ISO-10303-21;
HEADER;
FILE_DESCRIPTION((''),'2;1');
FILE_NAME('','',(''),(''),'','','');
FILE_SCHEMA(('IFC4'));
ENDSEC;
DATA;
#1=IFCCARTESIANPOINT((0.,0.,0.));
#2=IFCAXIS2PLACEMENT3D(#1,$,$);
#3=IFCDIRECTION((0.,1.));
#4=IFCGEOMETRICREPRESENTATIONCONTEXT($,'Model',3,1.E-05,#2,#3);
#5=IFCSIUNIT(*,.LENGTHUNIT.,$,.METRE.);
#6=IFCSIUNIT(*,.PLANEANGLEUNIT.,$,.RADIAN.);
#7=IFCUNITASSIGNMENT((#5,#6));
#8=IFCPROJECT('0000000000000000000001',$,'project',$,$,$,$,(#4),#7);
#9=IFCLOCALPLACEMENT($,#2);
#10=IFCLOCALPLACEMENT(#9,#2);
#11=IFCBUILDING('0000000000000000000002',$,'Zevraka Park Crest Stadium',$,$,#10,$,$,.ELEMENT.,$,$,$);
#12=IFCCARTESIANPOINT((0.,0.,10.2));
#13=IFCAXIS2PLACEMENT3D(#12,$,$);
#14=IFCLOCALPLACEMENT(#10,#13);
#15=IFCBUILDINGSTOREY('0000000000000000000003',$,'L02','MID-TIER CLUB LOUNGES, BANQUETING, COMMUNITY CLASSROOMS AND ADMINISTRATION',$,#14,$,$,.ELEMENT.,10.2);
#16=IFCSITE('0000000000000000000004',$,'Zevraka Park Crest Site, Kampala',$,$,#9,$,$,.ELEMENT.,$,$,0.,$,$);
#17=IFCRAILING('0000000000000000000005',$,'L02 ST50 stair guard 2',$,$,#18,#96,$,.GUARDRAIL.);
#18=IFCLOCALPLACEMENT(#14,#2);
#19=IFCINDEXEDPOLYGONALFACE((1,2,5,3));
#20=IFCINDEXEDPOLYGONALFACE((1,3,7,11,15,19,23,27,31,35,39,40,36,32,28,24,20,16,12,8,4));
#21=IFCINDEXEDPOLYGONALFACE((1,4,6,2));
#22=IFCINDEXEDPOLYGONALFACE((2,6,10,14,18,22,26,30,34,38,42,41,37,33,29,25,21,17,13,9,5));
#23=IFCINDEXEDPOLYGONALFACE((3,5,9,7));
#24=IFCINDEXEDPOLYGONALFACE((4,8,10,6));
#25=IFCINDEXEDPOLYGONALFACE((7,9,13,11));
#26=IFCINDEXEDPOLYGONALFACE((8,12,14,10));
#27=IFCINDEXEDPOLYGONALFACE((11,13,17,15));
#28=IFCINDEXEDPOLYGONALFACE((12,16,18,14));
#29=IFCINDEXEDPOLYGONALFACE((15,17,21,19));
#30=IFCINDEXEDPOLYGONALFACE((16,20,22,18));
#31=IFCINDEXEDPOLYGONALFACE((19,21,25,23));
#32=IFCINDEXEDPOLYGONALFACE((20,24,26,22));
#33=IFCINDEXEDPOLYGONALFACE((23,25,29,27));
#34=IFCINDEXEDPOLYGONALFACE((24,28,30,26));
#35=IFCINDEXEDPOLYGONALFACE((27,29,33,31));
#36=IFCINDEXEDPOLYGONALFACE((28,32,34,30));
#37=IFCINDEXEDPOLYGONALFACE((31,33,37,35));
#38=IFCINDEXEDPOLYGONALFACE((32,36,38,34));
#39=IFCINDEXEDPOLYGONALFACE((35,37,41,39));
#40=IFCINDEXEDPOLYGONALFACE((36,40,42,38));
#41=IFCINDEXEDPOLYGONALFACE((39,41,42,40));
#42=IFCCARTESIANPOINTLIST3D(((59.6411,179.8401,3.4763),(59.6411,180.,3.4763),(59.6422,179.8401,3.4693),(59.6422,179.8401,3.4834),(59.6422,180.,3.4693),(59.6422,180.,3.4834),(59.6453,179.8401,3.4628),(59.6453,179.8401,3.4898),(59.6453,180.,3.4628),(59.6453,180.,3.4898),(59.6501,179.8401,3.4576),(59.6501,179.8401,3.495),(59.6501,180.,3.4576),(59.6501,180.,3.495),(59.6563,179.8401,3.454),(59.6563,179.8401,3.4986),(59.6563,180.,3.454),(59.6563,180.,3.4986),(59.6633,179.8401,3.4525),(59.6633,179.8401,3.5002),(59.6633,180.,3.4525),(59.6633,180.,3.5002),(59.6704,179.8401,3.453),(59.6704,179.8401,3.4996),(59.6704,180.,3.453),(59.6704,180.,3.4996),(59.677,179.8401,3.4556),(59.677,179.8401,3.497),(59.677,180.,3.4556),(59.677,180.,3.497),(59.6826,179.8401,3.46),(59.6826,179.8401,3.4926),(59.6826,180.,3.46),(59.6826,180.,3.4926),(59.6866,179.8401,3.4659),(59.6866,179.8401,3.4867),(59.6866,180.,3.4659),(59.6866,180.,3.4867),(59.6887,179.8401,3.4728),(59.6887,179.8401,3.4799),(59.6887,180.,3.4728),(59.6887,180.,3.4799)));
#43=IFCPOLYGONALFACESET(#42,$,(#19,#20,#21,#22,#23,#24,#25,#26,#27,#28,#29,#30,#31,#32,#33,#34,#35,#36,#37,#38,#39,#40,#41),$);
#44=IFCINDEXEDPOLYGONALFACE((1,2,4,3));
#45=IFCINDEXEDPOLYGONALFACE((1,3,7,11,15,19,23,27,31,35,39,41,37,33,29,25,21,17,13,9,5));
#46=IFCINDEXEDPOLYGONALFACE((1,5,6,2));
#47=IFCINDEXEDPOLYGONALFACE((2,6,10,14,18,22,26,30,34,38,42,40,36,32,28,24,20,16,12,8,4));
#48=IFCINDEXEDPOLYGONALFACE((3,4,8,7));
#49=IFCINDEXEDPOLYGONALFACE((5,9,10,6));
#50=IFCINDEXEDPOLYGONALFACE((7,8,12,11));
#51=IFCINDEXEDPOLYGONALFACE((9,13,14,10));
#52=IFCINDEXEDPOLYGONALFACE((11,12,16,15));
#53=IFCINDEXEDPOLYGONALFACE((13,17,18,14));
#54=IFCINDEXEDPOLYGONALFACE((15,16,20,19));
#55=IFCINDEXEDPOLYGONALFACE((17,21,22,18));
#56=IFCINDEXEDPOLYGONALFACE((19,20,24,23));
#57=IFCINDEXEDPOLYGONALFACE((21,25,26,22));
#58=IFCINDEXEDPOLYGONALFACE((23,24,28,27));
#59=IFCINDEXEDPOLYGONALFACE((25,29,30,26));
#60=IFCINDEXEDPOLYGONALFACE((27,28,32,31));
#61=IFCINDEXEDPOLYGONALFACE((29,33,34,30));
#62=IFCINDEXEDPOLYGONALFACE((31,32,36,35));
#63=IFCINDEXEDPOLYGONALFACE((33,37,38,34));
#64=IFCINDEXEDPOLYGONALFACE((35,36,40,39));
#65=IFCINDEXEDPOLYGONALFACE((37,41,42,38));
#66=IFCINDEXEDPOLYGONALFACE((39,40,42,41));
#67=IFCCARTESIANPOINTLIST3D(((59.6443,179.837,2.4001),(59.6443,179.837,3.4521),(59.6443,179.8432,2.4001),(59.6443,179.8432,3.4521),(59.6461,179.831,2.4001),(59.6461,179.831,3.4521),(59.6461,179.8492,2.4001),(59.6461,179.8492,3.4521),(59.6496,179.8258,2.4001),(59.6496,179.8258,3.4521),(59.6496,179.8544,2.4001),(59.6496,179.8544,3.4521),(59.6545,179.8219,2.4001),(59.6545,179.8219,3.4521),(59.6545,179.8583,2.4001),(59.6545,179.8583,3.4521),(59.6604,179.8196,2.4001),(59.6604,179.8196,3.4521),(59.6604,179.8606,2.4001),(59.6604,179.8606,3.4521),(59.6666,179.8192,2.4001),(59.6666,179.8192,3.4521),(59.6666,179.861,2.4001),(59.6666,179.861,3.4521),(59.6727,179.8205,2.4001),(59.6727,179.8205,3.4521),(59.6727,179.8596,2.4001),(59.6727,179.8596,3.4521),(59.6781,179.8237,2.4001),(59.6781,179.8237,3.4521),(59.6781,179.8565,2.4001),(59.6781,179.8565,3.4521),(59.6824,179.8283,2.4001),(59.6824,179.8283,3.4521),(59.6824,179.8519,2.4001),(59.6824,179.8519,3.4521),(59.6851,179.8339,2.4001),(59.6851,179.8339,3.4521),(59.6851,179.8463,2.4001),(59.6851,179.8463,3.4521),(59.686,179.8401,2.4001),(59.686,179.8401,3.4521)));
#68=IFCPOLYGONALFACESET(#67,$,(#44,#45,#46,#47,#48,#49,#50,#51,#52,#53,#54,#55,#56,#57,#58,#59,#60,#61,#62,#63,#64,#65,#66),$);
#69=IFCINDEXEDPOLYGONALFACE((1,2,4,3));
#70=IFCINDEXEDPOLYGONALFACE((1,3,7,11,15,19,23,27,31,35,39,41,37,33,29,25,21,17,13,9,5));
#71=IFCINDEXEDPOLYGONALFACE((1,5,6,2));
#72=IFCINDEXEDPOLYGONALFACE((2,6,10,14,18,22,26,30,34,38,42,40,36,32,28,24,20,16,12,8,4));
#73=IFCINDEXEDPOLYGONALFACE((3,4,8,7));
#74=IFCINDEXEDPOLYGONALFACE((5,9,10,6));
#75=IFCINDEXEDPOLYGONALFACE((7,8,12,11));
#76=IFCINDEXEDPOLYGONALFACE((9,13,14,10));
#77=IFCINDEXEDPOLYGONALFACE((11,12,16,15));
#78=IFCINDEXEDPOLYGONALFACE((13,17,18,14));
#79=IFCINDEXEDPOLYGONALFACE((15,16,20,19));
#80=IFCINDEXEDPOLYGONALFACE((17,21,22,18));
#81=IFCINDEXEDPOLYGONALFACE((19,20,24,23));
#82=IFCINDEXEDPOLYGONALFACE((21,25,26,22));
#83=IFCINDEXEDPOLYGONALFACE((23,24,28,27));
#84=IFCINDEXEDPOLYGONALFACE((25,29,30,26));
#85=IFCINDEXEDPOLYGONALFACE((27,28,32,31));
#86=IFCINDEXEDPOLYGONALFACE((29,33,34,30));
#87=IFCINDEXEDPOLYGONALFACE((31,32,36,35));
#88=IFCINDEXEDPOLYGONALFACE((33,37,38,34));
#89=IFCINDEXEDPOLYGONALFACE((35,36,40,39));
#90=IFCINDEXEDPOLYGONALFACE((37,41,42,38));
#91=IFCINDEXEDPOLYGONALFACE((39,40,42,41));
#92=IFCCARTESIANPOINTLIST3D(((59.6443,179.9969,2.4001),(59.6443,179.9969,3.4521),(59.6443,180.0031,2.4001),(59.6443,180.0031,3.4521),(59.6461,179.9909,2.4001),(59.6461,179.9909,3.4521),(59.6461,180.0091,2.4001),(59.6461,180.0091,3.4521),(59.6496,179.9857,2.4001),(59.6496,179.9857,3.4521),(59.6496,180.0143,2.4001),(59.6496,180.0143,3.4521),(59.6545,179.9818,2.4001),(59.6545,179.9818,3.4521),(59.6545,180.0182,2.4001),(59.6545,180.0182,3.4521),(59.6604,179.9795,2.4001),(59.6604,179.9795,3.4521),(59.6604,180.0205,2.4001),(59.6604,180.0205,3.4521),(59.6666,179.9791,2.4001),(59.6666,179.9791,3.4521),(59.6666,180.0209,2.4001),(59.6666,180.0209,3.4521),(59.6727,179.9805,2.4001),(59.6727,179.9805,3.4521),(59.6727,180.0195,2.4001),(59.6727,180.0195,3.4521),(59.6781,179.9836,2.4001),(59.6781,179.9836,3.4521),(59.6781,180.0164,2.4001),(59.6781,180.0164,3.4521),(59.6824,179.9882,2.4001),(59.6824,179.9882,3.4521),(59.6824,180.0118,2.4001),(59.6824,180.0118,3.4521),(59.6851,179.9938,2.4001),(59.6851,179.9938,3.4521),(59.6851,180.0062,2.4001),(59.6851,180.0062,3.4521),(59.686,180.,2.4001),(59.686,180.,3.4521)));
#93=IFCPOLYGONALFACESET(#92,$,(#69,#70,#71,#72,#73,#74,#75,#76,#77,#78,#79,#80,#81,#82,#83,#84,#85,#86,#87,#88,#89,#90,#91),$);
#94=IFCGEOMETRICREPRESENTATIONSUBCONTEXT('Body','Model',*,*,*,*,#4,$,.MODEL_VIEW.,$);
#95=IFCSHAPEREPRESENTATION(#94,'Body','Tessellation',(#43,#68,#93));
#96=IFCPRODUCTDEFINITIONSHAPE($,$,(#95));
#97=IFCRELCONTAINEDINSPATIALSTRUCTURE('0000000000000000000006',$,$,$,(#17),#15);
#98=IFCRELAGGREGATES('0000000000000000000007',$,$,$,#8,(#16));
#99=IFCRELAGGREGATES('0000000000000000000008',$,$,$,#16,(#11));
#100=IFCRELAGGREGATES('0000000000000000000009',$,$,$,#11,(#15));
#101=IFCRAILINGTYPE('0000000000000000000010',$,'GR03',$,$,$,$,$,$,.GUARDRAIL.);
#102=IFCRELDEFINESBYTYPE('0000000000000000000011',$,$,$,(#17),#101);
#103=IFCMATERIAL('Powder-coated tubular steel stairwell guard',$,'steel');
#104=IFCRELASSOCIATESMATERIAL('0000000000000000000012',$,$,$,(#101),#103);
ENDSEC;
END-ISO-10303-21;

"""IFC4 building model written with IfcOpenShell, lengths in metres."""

from ifc_helpers import new_model, si_unit, direction, frame, origin, origin_2d, place, context, subcontext, project, spatial, circle, extrude, material, type_object, element, save


model = new_model("IFC4")

# Units and contexts
model_context = context("Model", 3, precision=1e-05, world=origin(), true_north=direction((0.0, 1.0)))
body_context = subcontext(model_context, "Body", "Model", "MODEL_VIEW")
ifc_project = project(units=[si_unit("LENGTHUNIT", "METRE"), si_unit("PLANEANGLEUNIT", "RADIAN")], contexts=[model_context])

# Site, building, storey
site_placement = place(None, origin())
site = spatial("IfcSite", under=ifc_project, at=site_placement, Name="Zevraka Park Crest Site, Kampala", CompositionType="ELEMENT", RefElevation=0.0)
building_placement = place(site_placement, origin())
building = spatial("IfcBuilding", under=site, at=building_placement, Name="Zevraka Park Crest Stadium", CompositionType="ELEMENT")
storey_placement = place(building_placement, frame((0.0, 0.0, 10.2)))
storey = spatial("IfcBuildingStorey", under=building, at=storey_placement, Name="L02", Description="MID-TIER CLUB LOUNGES, BANQUETING, COMMUNITY CLASSROOMS AND ADMINISTRATION", CompositionType="ELEMENT", Elevation=10.2)

# Railing
ifc_material_1 = material(Name="Powder-coated tubular steel stairwell guard", Category="steel")
railing_type_1 = type_object("IfcRailingType", Name="GR03", PredefinedType="GUARDRAIL", material=ifc_material_1)
railing_1_placement = place(storey_placement, frame((59.665, 179.8401, 2.4001)))
element("IfcRailing", 1, at=railing_1_placement, inside=storey, type_object=railing_type_1, Name="L02 ST50 stair guard 2", PredefinedType="GUARDRAIL", context=body_context, shape_type="SweptSolid", body=[
    extrude(circle(Radius=0.0239, at=origin_2d()), frame((0.0, 0.0, 1.0762), z_axis=(0.0, 1.0, 0.0), x_axis=(-1.0, 0.0, 0.0)), (0.0, 0.0, 1.0), 0.1599),
    extrude(circle(Radius=0.021, at=origin_2d()), origin(), (0.0, 0.0, 1.0), 1.052),
    extrude(circle(Radius=0.021, at=origin_2d()), frame((0.0, 0.1599, 0.0)), (0.0, 0.0, 1.0), 1.052),
])

save(model, "model.ifc")
